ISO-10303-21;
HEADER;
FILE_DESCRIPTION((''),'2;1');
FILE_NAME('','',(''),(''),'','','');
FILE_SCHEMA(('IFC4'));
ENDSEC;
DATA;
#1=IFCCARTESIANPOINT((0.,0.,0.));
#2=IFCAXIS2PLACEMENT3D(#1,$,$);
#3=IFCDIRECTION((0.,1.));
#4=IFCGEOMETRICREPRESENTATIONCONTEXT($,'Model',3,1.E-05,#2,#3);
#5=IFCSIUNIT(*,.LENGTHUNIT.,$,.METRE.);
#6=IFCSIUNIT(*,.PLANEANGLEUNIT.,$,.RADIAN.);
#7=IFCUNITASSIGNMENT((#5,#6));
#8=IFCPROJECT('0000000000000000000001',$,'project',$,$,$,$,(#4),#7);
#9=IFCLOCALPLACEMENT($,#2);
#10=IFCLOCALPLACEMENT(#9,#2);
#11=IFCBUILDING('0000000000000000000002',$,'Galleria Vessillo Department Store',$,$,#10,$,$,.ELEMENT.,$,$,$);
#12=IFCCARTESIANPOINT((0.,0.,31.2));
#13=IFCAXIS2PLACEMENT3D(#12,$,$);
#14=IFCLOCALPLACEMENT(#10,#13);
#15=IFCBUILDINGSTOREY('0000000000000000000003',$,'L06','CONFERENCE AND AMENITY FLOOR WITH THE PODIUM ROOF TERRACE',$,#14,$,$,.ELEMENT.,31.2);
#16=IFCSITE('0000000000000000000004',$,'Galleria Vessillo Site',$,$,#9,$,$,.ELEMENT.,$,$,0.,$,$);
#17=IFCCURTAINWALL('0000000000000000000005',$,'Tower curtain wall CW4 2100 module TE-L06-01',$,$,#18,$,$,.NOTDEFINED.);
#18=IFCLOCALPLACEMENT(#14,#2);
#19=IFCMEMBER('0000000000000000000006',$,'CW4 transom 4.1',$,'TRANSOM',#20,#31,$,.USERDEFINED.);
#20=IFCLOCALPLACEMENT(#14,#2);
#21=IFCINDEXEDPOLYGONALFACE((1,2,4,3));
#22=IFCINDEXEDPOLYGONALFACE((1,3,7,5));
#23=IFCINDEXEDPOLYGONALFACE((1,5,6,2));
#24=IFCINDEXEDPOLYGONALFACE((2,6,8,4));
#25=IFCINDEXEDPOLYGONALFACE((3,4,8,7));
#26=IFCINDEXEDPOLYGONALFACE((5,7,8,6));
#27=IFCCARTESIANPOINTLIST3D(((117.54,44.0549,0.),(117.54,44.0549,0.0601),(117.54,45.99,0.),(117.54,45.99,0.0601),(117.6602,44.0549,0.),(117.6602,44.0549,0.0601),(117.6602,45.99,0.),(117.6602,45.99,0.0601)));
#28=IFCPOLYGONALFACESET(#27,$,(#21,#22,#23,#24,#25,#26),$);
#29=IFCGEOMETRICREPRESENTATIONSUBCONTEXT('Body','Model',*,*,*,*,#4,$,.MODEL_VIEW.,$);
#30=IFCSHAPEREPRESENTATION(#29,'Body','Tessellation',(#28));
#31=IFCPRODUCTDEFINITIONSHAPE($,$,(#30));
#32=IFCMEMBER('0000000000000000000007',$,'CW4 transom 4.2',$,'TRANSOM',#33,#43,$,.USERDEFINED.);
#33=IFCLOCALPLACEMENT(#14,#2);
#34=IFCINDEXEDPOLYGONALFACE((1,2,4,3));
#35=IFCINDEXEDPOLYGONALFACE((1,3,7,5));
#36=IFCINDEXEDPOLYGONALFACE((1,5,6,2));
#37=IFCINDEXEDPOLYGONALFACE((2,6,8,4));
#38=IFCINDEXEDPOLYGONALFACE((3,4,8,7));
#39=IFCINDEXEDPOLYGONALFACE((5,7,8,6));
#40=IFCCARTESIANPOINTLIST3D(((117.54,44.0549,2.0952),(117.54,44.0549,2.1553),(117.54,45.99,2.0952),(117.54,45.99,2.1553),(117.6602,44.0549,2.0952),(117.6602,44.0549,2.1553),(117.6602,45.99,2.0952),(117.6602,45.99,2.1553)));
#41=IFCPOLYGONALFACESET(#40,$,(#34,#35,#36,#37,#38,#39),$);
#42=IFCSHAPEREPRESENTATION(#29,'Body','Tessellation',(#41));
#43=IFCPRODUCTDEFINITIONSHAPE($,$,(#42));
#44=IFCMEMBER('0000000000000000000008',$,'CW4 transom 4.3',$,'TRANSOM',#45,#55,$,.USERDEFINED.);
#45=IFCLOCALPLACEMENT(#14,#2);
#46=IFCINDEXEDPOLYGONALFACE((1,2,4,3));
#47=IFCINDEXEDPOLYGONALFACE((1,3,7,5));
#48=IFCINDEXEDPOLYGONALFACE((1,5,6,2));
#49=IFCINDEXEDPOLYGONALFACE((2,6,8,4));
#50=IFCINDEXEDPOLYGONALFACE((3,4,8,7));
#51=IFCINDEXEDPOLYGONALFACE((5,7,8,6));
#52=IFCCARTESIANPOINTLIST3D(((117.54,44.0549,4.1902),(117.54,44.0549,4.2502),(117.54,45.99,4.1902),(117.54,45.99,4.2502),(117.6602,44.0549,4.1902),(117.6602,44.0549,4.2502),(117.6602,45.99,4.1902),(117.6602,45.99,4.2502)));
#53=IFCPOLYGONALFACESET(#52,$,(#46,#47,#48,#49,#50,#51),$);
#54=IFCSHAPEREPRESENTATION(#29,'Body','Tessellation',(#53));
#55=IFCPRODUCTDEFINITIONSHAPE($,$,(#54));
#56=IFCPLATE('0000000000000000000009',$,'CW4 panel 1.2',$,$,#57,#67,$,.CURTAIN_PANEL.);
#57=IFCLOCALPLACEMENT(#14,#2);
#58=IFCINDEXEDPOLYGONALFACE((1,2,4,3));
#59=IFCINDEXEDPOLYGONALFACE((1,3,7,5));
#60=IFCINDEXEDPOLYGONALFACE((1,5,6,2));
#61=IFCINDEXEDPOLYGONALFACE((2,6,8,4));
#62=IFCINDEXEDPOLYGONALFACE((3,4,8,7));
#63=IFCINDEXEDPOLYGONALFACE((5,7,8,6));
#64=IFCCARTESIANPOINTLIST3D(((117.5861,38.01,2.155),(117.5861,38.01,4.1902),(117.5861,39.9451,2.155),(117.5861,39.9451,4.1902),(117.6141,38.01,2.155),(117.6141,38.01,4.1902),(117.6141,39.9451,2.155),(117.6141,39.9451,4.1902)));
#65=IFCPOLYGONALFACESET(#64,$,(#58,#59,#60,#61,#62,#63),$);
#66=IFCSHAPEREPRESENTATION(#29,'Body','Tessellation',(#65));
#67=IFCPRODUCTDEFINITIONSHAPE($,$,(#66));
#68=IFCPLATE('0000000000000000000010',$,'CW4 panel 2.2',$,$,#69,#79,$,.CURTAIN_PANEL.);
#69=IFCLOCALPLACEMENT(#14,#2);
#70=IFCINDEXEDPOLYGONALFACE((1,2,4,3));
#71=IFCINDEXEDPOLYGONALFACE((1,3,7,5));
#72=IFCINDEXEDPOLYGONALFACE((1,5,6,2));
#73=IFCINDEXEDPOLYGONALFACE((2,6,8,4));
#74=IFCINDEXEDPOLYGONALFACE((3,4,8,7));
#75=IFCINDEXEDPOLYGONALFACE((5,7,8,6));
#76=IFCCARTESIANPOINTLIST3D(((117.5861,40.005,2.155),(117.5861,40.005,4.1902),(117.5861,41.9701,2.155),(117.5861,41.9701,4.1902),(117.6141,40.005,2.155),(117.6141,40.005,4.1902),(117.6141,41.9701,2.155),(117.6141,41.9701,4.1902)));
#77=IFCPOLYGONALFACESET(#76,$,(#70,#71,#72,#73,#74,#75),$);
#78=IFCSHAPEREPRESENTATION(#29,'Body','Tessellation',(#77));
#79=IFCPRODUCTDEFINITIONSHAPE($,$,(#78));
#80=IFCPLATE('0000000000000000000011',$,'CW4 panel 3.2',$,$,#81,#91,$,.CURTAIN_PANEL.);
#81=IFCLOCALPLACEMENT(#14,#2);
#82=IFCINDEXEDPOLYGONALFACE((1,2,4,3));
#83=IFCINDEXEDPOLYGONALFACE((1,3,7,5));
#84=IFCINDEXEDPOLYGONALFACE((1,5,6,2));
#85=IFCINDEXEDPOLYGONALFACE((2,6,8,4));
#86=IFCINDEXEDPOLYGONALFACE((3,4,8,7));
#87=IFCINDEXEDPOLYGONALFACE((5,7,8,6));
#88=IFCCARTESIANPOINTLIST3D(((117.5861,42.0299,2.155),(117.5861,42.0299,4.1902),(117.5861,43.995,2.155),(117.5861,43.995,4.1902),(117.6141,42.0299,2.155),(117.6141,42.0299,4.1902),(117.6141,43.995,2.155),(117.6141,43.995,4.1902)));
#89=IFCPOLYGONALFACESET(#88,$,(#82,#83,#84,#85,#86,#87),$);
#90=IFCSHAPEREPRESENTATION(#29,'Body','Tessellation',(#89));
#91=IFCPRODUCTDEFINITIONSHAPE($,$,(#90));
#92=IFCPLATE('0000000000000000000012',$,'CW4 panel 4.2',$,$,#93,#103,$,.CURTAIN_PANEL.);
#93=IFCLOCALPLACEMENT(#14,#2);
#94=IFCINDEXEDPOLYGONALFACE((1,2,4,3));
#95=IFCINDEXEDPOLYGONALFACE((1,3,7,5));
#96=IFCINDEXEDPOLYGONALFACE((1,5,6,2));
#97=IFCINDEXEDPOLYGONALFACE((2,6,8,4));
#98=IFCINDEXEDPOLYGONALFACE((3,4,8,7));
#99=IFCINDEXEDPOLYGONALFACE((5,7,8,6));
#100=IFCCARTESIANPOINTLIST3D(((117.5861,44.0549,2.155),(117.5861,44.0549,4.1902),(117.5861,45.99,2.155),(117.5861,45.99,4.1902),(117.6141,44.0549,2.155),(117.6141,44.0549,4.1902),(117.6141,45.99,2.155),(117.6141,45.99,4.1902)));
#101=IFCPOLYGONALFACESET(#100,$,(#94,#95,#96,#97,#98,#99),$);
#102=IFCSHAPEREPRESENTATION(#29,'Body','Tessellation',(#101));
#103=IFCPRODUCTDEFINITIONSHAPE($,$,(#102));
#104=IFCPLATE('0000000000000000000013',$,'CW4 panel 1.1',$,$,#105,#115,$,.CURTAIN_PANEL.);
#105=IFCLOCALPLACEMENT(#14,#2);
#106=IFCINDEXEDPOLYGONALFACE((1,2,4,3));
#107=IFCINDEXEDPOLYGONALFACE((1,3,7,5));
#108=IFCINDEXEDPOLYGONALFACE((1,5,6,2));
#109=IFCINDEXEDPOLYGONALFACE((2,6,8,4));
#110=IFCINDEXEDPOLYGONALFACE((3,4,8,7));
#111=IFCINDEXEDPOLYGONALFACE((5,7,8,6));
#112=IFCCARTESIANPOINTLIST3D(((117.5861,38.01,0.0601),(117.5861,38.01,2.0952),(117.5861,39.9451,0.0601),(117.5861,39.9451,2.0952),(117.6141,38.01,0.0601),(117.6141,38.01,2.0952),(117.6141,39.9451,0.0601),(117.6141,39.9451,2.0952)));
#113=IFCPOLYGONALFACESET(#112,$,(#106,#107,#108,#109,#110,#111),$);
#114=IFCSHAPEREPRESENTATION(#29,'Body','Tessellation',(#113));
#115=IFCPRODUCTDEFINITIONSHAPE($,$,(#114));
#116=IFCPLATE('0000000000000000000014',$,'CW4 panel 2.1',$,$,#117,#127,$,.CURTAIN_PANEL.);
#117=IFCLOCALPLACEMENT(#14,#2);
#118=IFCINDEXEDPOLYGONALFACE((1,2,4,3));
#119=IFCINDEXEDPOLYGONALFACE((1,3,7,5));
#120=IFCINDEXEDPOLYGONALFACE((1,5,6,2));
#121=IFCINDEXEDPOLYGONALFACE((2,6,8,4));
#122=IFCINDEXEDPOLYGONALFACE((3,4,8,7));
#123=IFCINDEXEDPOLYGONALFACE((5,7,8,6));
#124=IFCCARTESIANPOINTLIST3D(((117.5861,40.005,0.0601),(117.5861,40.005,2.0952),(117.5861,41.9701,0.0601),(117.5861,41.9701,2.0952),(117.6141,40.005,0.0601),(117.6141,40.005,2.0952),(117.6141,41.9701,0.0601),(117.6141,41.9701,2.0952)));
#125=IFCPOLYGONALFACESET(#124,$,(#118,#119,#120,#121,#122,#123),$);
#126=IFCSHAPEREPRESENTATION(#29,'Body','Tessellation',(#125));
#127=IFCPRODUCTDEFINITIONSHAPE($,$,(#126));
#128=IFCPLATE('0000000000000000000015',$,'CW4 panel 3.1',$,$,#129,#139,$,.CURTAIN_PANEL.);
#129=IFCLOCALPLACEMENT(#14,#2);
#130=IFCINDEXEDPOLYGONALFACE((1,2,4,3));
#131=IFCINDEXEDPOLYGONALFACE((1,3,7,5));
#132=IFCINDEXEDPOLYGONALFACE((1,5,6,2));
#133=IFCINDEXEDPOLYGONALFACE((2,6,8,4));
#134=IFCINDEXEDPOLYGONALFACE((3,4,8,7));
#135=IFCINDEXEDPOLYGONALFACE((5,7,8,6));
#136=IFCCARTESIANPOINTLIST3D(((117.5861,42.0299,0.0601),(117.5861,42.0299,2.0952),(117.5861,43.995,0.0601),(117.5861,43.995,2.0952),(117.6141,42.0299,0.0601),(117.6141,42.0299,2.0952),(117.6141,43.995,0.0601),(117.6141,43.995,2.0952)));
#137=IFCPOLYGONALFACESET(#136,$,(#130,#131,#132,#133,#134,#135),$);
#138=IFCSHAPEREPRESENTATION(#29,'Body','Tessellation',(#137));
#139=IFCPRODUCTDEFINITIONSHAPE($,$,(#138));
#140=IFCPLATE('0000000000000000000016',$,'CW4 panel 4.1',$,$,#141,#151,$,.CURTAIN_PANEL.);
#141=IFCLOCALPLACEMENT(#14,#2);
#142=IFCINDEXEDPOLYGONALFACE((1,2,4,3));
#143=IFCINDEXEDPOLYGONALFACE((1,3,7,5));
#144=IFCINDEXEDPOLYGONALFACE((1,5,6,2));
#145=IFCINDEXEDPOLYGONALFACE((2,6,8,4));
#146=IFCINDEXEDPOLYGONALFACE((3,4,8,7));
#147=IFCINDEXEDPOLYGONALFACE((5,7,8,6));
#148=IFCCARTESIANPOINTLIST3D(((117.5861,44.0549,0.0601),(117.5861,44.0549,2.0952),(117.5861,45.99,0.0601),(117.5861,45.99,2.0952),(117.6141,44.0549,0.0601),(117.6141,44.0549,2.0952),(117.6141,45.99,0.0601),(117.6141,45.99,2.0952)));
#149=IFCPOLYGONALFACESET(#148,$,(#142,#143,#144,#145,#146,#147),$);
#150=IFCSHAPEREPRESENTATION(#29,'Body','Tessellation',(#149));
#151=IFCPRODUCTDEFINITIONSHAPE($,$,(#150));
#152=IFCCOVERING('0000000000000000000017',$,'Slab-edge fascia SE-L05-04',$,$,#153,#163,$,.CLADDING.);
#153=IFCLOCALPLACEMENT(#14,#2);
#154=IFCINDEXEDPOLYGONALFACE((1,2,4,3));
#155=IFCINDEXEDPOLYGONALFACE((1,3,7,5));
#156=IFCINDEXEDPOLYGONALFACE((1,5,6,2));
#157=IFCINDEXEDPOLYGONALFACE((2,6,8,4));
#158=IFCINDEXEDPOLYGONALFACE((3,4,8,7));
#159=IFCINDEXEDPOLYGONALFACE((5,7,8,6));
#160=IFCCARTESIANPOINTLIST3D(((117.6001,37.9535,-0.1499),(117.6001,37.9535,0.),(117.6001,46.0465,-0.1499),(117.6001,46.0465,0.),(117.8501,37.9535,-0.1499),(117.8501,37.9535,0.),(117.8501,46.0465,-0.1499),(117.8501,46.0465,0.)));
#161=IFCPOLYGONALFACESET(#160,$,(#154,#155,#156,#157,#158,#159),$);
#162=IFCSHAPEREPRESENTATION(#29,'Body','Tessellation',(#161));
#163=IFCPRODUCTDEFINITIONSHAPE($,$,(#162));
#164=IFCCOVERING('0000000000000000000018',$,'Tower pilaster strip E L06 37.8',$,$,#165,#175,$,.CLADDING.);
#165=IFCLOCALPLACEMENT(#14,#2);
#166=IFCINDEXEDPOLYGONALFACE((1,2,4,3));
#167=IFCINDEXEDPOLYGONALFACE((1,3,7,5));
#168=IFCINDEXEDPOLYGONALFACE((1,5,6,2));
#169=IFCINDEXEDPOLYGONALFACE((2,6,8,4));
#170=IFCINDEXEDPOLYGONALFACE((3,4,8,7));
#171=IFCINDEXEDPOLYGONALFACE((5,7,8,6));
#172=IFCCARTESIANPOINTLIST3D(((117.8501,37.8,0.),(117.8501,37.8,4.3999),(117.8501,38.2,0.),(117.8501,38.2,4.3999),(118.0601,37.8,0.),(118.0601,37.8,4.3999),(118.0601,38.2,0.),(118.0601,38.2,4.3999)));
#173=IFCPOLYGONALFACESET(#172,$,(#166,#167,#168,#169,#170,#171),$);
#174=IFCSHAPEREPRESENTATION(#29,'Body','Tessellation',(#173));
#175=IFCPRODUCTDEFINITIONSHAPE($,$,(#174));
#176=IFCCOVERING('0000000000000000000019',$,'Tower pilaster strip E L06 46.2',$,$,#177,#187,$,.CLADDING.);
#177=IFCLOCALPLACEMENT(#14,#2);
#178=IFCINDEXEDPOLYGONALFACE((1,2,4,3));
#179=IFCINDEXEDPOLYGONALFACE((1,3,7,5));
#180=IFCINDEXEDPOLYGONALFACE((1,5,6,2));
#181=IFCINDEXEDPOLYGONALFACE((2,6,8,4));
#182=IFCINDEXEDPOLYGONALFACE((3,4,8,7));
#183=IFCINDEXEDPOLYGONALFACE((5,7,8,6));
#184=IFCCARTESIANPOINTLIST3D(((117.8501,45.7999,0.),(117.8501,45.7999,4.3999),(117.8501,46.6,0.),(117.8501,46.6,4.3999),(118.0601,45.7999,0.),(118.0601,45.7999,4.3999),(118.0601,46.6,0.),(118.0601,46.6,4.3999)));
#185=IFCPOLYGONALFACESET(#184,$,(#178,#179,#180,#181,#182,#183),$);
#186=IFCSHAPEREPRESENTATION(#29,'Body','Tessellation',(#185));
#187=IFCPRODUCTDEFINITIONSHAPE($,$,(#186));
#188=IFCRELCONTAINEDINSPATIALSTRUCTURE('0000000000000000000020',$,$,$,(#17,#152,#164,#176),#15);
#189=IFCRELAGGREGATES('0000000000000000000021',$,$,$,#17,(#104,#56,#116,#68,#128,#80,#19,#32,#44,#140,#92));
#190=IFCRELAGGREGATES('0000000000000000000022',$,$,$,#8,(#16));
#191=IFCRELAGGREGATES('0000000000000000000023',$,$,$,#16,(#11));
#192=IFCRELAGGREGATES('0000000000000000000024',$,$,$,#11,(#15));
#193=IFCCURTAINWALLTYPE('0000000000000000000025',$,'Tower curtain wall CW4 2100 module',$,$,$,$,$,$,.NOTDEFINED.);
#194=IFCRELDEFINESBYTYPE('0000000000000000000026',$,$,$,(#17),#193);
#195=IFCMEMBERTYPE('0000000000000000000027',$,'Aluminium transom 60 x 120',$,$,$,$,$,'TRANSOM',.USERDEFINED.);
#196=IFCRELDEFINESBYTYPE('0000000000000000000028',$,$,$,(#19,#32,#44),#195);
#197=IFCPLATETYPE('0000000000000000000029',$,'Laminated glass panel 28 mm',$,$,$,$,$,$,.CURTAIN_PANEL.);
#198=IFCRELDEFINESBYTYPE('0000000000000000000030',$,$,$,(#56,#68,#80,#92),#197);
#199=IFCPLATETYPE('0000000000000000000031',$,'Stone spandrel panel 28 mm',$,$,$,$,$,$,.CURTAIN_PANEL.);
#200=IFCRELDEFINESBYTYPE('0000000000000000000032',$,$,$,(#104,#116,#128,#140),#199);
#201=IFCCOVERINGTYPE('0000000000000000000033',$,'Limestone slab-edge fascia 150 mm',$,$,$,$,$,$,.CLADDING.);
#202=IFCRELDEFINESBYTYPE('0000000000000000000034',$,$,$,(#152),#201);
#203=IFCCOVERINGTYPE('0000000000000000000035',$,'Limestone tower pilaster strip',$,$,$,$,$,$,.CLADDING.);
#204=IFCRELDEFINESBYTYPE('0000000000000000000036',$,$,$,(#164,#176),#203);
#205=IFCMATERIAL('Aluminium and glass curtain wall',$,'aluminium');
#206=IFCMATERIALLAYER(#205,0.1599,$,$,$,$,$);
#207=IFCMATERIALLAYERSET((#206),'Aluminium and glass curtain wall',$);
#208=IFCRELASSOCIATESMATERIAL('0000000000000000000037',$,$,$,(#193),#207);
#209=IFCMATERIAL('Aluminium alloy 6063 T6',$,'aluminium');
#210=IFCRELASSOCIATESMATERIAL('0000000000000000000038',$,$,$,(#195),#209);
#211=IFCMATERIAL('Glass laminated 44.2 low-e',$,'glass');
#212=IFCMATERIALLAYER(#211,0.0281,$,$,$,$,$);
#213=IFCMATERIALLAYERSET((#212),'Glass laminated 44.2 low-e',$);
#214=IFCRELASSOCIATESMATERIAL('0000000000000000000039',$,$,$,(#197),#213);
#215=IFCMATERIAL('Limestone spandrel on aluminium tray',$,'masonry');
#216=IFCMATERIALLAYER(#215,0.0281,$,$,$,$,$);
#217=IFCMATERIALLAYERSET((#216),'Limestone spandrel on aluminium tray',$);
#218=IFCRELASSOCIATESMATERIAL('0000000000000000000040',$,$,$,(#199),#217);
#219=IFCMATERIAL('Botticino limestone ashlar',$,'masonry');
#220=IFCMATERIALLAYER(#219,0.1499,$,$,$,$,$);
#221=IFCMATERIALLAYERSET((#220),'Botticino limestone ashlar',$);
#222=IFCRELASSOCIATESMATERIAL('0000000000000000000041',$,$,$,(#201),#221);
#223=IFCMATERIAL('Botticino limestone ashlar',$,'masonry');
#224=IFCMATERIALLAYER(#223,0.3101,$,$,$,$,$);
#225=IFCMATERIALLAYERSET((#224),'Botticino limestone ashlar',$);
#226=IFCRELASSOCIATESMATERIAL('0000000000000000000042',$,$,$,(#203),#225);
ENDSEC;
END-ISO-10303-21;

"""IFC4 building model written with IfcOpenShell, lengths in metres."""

from ifc_helpers import new_model, si_unit, direction, frame, origin, origin_2d, place, context, subcontext, project, spatial, rectangle, extrude, material, layer, layer_set, material_profile, profile_set, type_object, element, aggregate, save


model = new_model("IFC4")

# Units and contexts
model_context = context("Model", 3, precision=1e-05, world=origin(), true_north=direction((0.0, 1.0)))
body_context = subcontext(model_context, "Body", "Model", "MODEL_VIEW")
ifc_project = project(units=[si_unit("LENGTHUNIT", "METRE"), si_unit("PLANEANGLEUNIT", "RADIAN")], contexts=[model_context])

# Site, building, storey
site_placement = place(None, origin())
site = spatial("IfcSite", under=ifc_project, at=site_placement, Name="Galleria Vessillo Site", CompositionType="ELEMENT", RefElevation=0.0)
building_placement = place(site_placement, origin())
building = spatial("IfcBuilding", under=site, at=building_placement, Name="Galleria Vessillo Department Store", CompositionType="ELEMENT")
storey_placement = place(building_placement, frame((0.0, 0.0, 31.2)))
storey = spatial("IfcBuildingStorey", under=building, at=storey_placement, Name="L06", Description="CONFERENCE AND AMENITY FLOOR WITH THE PODIUM ROOF TERRACE", CompositionType="ELEMENT", Elevation=31.2)

# Curtain wall, members, plates
ifc_material_1 = material(Name="Aluminium and glass curtain wall", Category="aluminium")
ifc_layer_1 = layer(ifc_material_1, 0.1599)
ifc_layer_set_1 = layer_set([ifc_layer_1], Name="Aluminium and glass curtain wall")
curtain_wall_type = type_object("IfcCurtainWallType", Name="Tower curtain wall CW4 2100 module", PredefinedType="NOTDEFINED", material=ifc_layer_set_1)
curtain_wall_placement = place(storey_placement, origin())
curtain_wall = element("IfcCurtainWall", 1, at=curtain_wall_placement, inside=storey, type_object=curtain_wall_type, Name="Tower curtain wall CW4 2100 module TE-L06-01", PredefinedType="NOTDEFINED")
ifc_material_2 = material(Name="Aluminium alloy 6063 T6", Category="aluminium")
ifc_material_profile_1 = material_profile(ifc_material_2, rectangle(XDim=0.1201, YDim=0.0601, at=origin_2d()), Name="AL 60x120")
ifc_profile_set_1 = profile_set([ifc_material_profile_1], Name="Aluminium alloy 6063 T6")
member_type_1 = type_object("IfcMemberType", Name="Aluminium transom 60 x 120", ElementType="TRANSOM", PredefinedType="USERDEFINED", material=ifc_profile_set_1)
member_1_placement = place(storey_placement, frame((117.6001, 44.0549, 0.03), z_axis=(0.0, 1.0, 0.0), x_axis=(-1.0, 0.0, 0.0)))
member_1 = element("IfcMember", 2, at=member_1_placement, type_object=member_type_1, Name="CW4 transom 4.1", ObjectType="TRANSOM", PredefinedType="USERDEFINED", context=body_context, shape_type="SweptSolid", body=[
    extrude(rectangle(XDim=0.1201, YDim=0.0601, at=origin_2d()), origin(), (0.0, 0.0, 1.0), 1.9351),
])
member_2_placement = place(storey_placement, frame((117.6001, 44.0549, 2.1252), z_axis=(0.0, 1.0, 0.0), x_axis=(-1.0, 0.0, 0.0)))
member_2 = element("IfcMember", 3, at=member_2_placement, type_object=member_type_1, Name="CW4 transom 4.2", ObjectType="TRANSOM", PredefinedType="USERDEFINED", context=body_context, shape_type="SweptSolid", body=[
    extrude(rectangle(XDim=0.1201, YDim=0.0601, at=origin_2d()), origin(), (0.0, 0.0, 1.0), 1.9351),
])
member_3_placement = place(storey_placement, frame((117.6001, 44.0549, 4.2202), z_axis=(0.0, 1.0, 0.0), x_axis=(-1.0, 0.0, 0.0)))
member_3 = element("IfcMember", 4, at=member_3_placement, type_object=member_type_1, Name="CW4 transom 4.3", ObjectType="TRANSOM", PredefinedType="USERDEFINED", context=body_context, shape_type="SweptSolid", body=[
    extrude(rectangle(XDim=0.1201, YDim=0.0601, at=origin_2d()), origin(), (0.0, 0.0, 1.0), 1.9351),
])
ifc_material_3 = material(Name="Glass laminated 44.2 low-e", Category="glass")
ifc_layer_2 = layer(ifc_material_3, 0.0281)
ifc_layer_set_2 = layer_set([ifc_layer_2], Name="Glass laminated 44.2 low-e")
plate_type_1 = type_object("IfcPlateType", Name="Laminated glass panel 28 mm", PredefinedType="CURTAIN_PANEL", material=ifc_layer_set_2)
plate_1_placement = place(storey_placement, frame((117.6001, 38.9775, 2.155), z_axis=(0.0, 0.0, 1.0), x_axis=(0.0, 1.0, 0.0)))
plate_1 = element("IfcPlate", 5, at=plate_1_placement, type_object=plate_type_1, Name="CW4 panel 1.2", PredefinedType="CURTAIN_PANEL", context=body_context, shape_type="SweptSolid", body=[
    extrude(rectangle(XDim=1.9351, YDim=0.0281, at=origin_2d()), origin(), (0.0, 0.0, 1.0), 2.0352),
])
plate_2_placement = place(storey_placement, frame((117.6001, 40.9875, 2.155), z_axis=(0.0, 0.0, 1.0), x_axis=(0.0, 1.0, 0.0)))
plate_2 = element("IfcPlate", 6, at=plate_2_placement, type_object=plate_type_1, Name="CW4 panel 2.2", PredefinedType="CURTAIN_PANEL", context=body_context, shape_type="SweptSolid", body=[
    extrude(rectangle(XDim=1.9651, YDim=0.0281, at=origin_2d()), origin(), (0.0, 0.0, 1.0), 2.0352),
])
plate_3_placement = place(storey_placement, frame((117.6001, 43.0125, 2.155), z_axis=(0.0, 0.0, 1.0), x_axis=(0.0, 1.0, 0.0)))
plate_3 = element("IfcPlate", 7, at=plate_3_placement, type_object=plate_type_1, Name="CW4 panel 3.2", PredefinedType="CURTAIN_PANEL", context=body_context, shape_type="SweptSolid", body=[
    extrude(rectangle(XDim=1.9651, YDim=0.0281, at=origin_2d()), origin(), (0.0, 0.0, 1.0), 2.0352),
])
plate_4_placement = place(storey_placement, frame((117.6001, 45.0225, 2.155), z_axis=(0.0, 0.0, 1.0), x_axis=(0.0, 1.0, 0.0)))
plate_4 = element("IfcPlate", 8, at=plate_4_placement, type_object=plate_type_1, Name="CW4 panel 4.2", PredefinedType="CURTAIN_PANEL", context=body_context, shape_type="SweptSolid", body=[
    extrude(rectangle(XDim=1.9351, YDim=0.0281, at=origin_2d()), origin(), (0.0, 0.0, 1.0), 2.0352),
])
ifc_material_4 = material(Name="Limestone spandrel on aluminium tray", Category="masonry")
ifc_layer_3 = layer(ifc_material_4, 0.0281)
ifc_layer_set_3 = layer_set([ifc_layer_3], Name="Limestone spandrel on aluminium tray")
plate_type_2 = type_object("IfcPlateType", Name="Stone spandrel panel 28 mm", PredefinedType="CURTAIN_PANEL", material=ifc_layer_set_3)
plate_5_placement = place(storey_placement, frame((117.6001, 38.9775, 0.0601), z_axis=(0.0, 0.0, 1.0), x_axis=(0.0, 1.0, 0.0)))
plate_5 = element("IfcPlate", 9, at=plate_5_placement, type_object=plate_type_2, Name="CW4 panel 1.1", PredefinedType="CURTAIN_PANEL", context=body_context, shape_type="SweptSolid", body=[
    extrude(rectangle(XDim=1.9351, YDim=0.0281, at=origin_2d()), origin(), (0.0, 0.0, 1.0), 2.0352),
])
plate_6_placement = place(storey_placement, frame((117.6001, 40.9875, 0.0601), z_axis=(0.0, 0.0, 1.0), x_axis=(0.0, 1.0, 0.0)))
plate_6 = element("IfcPlate", 10, at=plate_6_placement, type_object=plate_type_2, Name="CW4 panel 2.1", PredefinedType="CURTAIN_PANEL", context=body_context, shape_type="SweptSolid", body=[
    extrude(rectangle(XDim=1.9651, YDim=0.0281, at=origin_2d()), origin(), (0.0, 0.0, 1.0), 2.0352),
])
plate_7_placement = place(storey_placement, frame((117.6001, 43.0125, 0.0601), z_axis=(0.0, 0.0, 1.0), x_axis=(0.0, 1.0, 0.0)))
plate_7 = element("IfcPlate", 11, at=plate_7_placement, type_object=plate_type_2, Name="CW4 panel 3.1", PredefinedType="CURTAIN_PANEL", context=body_context, shape_type="SweptSolid", body=[
    extrude(rectangle(XDim=1.9651, YDim=0.0281, at=origin_2d()), origin(), (0.0, 0.0, 1.0), 2.0352),
])
plate_8_placement = place(storey_placement, frame((117.6001, 45.0225, 0.0601), z_axis=(0.0, 0.0, 1.0), x_axis=(0.0, 1.0, 0.0)))
plate_8 = element("IfcPlate", 12, at=plate_8_placement, type_object=plate_type_2, Name="CW4 panel 4.1", PredefinedType="CURTAIN_PANEL", context=body_context, shape_type="SweptSolid", body=[
    extrude(rectangle(XDim=1.9351, YDim=0.0281, at=origin_2d()), origin(), (0.0, 0.0, 1.0), 2.0352),
])
aggregate(curtain_wall, [plate_5, plate_1, plate_6, plate_2, plate_7, plate_3, member_1, member_2, member_3, plate_8, plate_4])

# Coverings
ifc_material_5 = material(Name="Botticino limestone ashlar", Category="masonry")
ifc_layer_4 = layer(ifc_material_5, 0.1499)
ifc_layer_set_4 = layer_set([ifc_layer_4], Name="Botticino limestone ashlar")
covering_type_1 = type_object("IfcCoveringType", Name="Limestone slab-edge fascia 150 mm", PredefinedType="CLADDING", material=ifc_layer_set_4)
covering_1_placement = place(storey_placement, frame((117.7251, 42.0, -0.1499), z_axis=(0.0, 0.0, 1.0), x_axis=(1.0, 0.0, 0.0)))
element("IfcCovering", 13, at=covering_1_placement, inside=storey, type_object=covering_type_1, Name="Slab-edge fascia SE-L05-04", PredefinedType="CLADDING", context=body_context, shape_type="SweptSolid", body=[
    extrude(rectangle(XDim=0.25, YDim=8.093, at=origin_2d()), origin(), (0.0, 0.0, 1.0), 0.1499),
])
ifc_material_6 = material(Name="Botticino limestone ashlar", Category="masonry")
ifc_layer_5 = layer(ifc_material_6, 0.3101)
ifc_layer_set_5 = layer_set([ifc_layer_5], Name="Botticino limestone ashlar")
covering_type_2 = type_object("IfcCoveringType", Name="Limestone tower pilaster strip", PredefinedType="CLADDING", material=ifc_layer_set_5)
covering_2_placement = place(storey_placement, frame((117.9551, 38.0, 0.0), z_axis=(0.0, 0.0, 1.0), x_axis=(1.0, 0.0, 0.0)))
element("IfcCovering", 14, at=covering_2_placement, inside=storey, type_object=covering_type_2, Name="Tower pilaster strip E L06 37.8", PredefinedType="CLADDING", context=body_context, shape_type="SweptSolid", body=[
    extrude(rectangle(XDim=0.21, YDim=0.3999, at=origin_2d()), origin(), (0.0, 0.0, 1.0), 4.3999),
])
covering_3_placement = place(storey_placement, frame((117.9551, 46.2, 0.0), z_axis=(0.0, 0.0, 1.0), x_axis=(1.0, 0.0, 0.0)))
element("IfcCovering", 15, at=covering_3_placement, inside=storey, type_object=covering_type_2, Name="Tower pilaster strip E L06 46.2", PredefinedType="CLADDING", context=body_context, shape_type="SweptSolid", body=[
    extrude(rectangle(XDim=0.21, YDim=0.8, at=origin_2d()), origin(), (0.0, 0.0, 1.0), 4.3999),
])

save(model, "model.ifc")
